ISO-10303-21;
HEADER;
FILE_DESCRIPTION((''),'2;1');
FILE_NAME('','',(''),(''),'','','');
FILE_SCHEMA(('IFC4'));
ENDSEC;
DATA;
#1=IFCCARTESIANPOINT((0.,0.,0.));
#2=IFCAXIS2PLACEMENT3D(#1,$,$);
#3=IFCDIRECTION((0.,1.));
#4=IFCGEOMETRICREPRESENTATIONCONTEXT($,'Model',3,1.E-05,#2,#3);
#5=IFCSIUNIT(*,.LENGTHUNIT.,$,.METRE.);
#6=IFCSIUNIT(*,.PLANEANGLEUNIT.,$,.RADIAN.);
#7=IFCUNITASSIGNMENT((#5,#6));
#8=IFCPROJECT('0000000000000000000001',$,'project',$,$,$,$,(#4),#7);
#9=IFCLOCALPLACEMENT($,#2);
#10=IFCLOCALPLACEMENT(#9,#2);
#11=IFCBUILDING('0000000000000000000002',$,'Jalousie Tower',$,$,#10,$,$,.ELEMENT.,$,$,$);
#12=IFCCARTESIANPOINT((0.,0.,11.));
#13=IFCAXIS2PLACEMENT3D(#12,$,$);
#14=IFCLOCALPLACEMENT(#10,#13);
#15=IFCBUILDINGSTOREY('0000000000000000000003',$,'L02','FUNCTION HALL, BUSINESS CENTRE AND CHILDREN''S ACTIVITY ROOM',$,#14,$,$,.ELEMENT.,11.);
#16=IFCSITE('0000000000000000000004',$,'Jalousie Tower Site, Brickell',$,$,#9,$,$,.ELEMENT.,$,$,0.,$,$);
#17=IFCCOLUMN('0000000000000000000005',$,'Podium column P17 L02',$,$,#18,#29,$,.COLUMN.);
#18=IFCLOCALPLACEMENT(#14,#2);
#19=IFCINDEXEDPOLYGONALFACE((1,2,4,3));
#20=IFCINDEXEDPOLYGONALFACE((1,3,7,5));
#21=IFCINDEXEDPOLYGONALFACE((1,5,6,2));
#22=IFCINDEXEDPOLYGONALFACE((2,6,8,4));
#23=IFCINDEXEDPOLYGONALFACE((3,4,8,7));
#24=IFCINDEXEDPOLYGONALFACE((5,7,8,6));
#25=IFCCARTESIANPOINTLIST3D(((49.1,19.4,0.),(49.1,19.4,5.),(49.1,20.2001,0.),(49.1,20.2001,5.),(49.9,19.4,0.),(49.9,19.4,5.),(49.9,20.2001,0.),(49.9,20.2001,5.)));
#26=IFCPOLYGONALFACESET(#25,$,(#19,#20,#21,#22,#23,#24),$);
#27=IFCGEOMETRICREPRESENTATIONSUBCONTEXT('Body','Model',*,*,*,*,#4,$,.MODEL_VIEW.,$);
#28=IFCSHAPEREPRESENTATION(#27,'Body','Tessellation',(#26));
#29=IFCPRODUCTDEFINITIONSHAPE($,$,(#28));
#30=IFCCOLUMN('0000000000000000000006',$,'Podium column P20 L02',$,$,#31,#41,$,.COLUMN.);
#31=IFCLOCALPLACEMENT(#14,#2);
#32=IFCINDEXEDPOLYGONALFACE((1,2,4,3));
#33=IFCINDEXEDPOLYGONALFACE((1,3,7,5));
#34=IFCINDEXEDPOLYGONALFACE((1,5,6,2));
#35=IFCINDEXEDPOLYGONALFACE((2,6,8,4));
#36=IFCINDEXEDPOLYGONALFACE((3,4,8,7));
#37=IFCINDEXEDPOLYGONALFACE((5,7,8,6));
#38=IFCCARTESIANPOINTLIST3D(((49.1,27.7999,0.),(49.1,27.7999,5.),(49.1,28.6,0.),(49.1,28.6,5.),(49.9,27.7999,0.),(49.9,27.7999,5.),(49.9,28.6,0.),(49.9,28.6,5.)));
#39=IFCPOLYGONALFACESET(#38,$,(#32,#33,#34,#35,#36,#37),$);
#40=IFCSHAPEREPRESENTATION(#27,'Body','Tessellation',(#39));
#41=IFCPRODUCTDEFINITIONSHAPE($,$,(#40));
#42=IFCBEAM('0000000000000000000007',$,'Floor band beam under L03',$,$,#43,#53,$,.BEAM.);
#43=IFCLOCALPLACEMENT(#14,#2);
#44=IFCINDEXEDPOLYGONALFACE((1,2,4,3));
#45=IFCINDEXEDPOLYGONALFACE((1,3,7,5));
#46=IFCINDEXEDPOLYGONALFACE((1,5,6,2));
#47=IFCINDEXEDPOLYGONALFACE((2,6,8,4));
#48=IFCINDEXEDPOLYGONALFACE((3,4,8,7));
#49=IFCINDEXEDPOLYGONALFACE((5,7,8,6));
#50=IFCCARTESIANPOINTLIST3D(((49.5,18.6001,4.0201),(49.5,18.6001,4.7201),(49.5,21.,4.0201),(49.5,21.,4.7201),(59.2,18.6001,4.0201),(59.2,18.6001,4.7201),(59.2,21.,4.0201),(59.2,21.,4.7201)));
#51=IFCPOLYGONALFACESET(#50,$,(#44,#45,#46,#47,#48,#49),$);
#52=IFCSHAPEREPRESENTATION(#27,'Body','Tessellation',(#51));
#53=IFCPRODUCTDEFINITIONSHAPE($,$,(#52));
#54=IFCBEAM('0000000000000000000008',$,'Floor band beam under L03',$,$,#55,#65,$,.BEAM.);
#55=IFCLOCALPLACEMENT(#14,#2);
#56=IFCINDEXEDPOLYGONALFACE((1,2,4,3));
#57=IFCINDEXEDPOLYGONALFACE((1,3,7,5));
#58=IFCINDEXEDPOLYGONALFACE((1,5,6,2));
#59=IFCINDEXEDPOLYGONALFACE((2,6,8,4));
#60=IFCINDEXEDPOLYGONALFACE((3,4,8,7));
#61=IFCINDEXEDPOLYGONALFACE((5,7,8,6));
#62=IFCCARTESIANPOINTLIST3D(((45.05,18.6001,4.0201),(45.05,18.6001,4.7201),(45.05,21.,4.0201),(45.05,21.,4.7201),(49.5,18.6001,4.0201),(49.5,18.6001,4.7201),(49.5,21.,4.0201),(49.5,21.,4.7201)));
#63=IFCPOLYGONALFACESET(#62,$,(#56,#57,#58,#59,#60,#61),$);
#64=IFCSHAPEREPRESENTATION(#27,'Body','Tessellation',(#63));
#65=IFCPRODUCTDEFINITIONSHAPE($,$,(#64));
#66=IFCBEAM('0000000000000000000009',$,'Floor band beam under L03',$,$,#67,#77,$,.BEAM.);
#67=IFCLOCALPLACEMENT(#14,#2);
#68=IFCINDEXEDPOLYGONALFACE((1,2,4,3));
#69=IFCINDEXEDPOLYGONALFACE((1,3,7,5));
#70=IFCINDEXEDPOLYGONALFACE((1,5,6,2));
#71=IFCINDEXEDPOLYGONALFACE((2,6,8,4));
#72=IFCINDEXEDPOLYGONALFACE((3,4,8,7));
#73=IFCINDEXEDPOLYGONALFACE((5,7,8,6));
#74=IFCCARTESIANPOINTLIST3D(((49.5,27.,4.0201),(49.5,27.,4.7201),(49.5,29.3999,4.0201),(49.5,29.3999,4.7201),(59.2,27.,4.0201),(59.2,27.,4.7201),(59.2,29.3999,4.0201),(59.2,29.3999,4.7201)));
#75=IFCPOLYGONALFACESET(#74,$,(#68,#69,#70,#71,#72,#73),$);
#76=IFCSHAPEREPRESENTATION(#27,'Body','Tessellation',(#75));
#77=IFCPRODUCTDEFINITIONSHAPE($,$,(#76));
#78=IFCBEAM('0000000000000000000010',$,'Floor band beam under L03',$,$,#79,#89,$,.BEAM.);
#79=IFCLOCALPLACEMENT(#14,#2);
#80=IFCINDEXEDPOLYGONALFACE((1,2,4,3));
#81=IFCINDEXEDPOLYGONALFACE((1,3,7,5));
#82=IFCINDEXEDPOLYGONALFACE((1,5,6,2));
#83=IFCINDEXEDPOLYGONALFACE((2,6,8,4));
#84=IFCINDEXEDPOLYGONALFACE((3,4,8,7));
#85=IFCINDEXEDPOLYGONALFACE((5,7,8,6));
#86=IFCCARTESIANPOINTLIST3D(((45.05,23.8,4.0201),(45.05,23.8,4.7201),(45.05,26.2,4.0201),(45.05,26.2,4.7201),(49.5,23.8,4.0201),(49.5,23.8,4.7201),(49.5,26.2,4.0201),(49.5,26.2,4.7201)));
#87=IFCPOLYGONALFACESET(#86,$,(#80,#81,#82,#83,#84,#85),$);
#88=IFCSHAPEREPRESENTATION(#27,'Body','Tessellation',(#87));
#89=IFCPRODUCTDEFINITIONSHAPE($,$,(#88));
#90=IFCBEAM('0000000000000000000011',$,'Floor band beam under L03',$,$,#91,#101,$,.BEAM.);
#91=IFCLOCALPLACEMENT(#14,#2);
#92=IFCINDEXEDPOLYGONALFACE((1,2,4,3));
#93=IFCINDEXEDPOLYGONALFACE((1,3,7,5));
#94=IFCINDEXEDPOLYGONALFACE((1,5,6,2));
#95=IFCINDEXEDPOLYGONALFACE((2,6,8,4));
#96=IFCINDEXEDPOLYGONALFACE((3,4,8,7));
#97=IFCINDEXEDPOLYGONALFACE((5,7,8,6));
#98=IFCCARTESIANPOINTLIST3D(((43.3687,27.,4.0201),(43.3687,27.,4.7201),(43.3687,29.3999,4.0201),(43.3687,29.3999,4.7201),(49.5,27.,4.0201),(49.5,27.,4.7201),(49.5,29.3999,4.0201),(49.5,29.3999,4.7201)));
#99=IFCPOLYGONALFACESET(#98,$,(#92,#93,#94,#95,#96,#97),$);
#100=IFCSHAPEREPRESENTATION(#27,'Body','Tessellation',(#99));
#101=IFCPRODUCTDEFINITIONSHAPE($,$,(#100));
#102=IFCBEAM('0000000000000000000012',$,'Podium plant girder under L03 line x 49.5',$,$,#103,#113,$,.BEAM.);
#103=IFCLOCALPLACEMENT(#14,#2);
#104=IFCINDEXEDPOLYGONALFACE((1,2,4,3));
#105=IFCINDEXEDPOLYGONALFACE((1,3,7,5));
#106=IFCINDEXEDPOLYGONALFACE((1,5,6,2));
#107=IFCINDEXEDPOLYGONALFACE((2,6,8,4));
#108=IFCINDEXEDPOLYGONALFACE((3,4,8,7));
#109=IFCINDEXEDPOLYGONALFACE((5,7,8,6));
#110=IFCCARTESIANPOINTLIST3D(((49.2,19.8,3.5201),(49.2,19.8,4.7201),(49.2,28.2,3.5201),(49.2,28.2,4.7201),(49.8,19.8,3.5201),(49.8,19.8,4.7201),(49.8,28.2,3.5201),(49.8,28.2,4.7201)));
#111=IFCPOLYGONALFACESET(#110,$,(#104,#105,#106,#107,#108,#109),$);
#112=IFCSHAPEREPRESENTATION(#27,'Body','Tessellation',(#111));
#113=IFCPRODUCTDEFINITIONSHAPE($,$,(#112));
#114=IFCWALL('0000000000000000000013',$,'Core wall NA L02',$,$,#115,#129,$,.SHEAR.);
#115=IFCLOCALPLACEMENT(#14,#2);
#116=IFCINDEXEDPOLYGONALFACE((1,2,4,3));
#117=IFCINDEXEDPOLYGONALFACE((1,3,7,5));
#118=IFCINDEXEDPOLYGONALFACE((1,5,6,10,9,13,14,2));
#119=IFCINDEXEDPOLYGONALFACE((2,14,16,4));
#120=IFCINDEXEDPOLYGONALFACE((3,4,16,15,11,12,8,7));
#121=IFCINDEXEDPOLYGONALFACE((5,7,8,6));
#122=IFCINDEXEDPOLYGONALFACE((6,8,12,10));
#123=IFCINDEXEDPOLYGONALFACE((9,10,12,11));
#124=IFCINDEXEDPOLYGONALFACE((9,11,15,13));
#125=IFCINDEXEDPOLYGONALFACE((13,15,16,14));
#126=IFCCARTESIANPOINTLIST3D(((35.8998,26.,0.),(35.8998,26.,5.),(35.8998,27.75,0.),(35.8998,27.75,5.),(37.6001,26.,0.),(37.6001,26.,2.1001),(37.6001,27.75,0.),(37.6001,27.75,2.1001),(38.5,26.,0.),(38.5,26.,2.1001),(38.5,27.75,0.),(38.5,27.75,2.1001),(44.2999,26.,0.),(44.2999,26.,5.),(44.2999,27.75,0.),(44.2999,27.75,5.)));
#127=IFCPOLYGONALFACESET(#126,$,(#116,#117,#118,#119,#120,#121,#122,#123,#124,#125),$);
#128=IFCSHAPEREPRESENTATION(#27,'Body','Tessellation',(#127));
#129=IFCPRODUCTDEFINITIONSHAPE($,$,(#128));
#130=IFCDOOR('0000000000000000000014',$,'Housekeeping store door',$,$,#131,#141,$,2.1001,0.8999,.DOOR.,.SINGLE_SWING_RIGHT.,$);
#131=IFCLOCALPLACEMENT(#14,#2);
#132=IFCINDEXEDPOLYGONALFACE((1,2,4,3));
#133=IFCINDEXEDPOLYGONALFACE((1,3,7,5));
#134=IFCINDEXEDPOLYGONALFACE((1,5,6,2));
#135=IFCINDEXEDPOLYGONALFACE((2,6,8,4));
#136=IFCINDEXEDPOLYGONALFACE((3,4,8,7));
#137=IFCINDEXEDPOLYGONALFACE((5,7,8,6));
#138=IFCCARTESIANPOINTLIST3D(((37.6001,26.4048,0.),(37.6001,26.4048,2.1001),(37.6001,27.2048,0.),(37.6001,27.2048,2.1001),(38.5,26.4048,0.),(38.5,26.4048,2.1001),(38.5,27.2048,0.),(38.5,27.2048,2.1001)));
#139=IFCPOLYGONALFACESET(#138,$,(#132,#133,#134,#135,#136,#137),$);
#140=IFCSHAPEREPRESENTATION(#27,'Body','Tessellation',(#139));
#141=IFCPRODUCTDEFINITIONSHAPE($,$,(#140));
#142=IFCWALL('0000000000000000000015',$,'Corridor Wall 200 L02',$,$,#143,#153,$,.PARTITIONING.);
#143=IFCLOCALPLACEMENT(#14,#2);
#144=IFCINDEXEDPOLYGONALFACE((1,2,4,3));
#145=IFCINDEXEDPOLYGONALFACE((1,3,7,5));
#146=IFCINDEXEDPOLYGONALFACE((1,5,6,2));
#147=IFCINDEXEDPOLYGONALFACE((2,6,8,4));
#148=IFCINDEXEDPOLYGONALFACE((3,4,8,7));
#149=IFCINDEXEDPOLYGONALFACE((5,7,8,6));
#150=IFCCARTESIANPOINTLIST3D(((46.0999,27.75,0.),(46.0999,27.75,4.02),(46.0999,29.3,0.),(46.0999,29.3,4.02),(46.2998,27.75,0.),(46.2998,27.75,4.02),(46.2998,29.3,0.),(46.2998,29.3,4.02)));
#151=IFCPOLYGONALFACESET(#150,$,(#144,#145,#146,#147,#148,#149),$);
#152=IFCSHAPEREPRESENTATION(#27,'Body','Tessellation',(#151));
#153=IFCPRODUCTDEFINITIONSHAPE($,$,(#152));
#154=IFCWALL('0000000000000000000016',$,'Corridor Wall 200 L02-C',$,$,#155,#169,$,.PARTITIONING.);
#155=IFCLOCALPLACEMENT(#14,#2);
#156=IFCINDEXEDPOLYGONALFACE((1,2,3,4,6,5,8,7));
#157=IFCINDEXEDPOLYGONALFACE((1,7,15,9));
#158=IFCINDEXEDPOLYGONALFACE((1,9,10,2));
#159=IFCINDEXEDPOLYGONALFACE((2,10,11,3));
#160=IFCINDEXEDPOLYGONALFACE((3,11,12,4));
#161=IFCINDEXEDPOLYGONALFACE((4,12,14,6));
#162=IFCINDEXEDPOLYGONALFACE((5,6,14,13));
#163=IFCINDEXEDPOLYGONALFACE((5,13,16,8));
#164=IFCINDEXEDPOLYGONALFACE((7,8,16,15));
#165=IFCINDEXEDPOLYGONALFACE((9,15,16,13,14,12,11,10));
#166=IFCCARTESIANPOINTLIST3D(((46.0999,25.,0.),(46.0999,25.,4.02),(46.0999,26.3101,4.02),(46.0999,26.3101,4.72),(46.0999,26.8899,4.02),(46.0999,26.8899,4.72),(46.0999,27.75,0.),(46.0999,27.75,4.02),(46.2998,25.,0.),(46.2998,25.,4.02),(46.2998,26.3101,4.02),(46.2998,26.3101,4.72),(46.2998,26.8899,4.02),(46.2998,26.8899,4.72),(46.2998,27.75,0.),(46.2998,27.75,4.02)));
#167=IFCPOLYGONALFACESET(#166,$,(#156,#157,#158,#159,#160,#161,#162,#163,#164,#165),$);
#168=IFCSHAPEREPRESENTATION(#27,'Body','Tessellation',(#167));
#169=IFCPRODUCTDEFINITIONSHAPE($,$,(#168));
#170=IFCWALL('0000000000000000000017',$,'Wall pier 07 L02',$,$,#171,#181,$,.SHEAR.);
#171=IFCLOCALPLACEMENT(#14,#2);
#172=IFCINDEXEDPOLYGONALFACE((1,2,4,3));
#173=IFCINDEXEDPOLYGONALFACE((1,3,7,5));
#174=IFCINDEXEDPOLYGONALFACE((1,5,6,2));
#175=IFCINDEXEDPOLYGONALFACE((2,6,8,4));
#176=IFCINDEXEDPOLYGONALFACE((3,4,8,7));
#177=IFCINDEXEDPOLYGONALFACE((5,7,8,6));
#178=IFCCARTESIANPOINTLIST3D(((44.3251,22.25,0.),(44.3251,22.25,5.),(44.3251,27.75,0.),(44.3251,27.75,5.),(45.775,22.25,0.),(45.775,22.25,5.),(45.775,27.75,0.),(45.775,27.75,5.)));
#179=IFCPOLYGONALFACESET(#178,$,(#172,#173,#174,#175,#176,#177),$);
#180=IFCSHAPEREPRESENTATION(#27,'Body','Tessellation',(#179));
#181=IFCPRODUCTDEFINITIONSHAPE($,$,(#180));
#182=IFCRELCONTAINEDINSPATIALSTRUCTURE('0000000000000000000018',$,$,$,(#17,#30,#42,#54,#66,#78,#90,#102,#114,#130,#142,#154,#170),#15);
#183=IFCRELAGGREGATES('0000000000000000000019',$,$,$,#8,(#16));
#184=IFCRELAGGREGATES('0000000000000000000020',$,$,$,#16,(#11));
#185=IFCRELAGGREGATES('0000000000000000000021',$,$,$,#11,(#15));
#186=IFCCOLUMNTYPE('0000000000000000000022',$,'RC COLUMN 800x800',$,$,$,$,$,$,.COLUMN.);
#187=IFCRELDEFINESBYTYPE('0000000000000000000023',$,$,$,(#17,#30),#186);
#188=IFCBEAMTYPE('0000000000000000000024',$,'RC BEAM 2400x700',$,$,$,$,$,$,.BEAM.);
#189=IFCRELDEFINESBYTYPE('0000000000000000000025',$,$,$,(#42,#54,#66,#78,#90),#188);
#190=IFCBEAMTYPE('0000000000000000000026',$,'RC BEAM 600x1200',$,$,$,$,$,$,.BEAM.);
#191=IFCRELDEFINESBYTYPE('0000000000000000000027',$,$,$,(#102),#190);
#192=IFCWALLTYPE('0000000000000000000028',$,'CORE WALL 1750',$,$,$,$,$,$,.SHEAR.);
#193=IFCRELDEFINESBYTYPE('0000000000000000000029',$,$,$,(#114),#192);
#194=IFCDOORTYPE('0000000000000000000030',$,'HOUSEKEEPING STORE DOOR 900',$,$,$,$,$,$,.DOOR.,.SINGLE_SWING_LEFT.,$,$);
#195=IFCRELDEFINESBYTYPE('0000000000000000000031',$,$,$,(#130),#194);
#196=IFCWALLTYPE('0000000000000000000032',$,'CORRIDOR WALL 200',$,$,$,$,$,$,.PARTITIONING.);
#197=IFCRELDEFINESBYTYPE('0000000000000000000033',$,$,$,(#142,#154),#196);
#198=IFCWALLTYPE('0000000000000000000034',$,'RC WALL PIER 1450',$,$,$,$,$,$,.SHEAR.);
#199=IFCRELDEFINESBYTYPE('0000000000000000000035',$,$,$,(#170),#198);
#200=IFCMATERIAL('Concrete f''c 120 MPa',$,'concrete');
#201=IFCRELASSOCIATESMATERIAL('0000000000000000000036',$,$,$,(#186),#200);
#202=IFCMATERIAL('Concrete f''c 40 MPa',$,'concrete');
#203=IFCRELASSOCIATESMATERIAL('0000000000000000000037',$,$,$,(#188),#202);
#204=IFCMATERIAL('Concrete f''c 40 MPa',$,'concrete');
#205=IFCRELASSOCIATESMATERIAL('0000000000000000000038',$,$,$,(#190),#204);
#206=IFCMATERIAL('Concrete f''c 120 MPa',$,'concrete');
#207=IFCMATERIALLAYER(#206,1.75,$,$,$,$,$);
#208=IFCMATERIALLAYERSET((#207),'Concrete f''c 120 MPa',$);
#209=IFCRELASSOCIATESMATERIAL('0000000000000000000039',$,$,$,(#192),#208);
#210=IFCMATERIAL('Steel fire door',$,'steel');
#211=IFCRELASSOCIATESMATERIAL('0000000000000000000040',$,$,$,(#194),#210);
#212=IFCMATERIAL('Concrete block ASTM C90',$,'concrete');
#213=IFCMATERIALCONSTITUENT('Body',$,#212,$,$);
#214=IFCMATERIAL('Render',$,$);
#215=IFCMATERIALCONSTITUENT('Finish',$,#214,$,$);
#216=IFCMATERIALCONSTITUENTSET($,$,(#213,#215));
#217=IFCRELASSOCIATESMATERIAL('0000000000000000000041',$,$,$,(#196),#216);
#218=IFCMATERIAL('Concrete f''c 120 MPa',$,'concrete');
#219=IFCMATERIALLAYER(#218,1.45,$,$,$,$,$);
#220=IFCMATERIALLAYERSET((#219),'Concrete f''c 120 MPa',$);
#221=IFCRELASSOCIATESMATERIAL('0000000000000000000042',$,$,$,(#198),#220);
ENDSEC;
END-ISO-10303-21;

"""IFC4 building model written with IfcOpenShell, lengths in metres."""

from ifc_helpers import new_model, si_unit, direction, frame, frame_2d, origin, origin_2d, place, context, subcontext, project, spatial, polyline, rectangle, outline, extrude, material, layer, layer_set, constituent, constituent_set, material_profile, profile_set, type_object, element, fill, save


model = new_model("IFC4")

# Units and contexts
model_context = context("Model", 3, precision=1e-05, world=origin(), true_north=direction((0.0, 1.0)))
body_context = subcontext(model_context, "Body", "Model", "MODEL_VIEW")
ifc_project = project(units=[si_unit("LENGTHUNIT", "METRE"), si_unit("PLANEANGLEUNIT", "RADIAN")], contexts=[model_context])

# Site, building, storey
site_placement = place(None, origin())
site = spatial("IfcSite", under=ifc_project, at=site_placement, Name="Jalousie Tower Site, Brickell", CompositionType="ELEMENT", RefElevation=0.0)
building_placement = place(site_placement, origin())
building = spatial("IfcBuilding", under=site, at=building_placement, Name="Jalousie Tower", CompositionType="ELEMENT")
storey_placement = place(building_placement, frame((0.0, 0.0, 11.0)))
storey = spatial("IfcBuildingStorey", under=building, at=storey_placement, Name="L02", Description="FUNCTION HALL, BUSINESS CENTRE AND CHILDREN'S ACTIVITY ROOM", CompositionType="ELEMENT", Elevation=11.0)

# Columns
ifc_material_1 = material(Name="Concrete f'c 120 MPa", Category="concrete")
ifc_material_profile_1 = material_profile(ifc_material_1, rectangle(XDim=0.8, YDim=0.8, at=origin_2d()), Name="RC 800x800")
ifc_profile_set_1 = profile_set([ifc_material_profile_1], Name="Concrete f'c 120 MPa")
column_type = type_object("IfcColumnType", Name="RC COLUMN 800x800", PredefinedType="COLUMN", material=ifc_profile_set_1)
for number, where, z_axis, x_axis, name in (
    (1, (49.5, 19.8, 0.0), (0.0, 0.0, 1.0), (1.0, 0.0, 0.0), "Podium column P17 L02"),
    (2, (49.5, 28.2, 0.0), (0.0, 0.0, 1.0), (1.0, 0.0, 0.0), "Podium column P20 L02"),
):
    element("IfcColumn", number, at=place(storey_placement, frame(where, z_axis=z_axis, x_axis=x_axis)), inside=storey, type_object=column_type, Name=name, PredefinedType="COLUMN", context=body_context, shape_type="SweptSolid", body=[
        extrude(rectangle(XDim=0.8, YDim=0.8, at=origin_2d()), origin(), (0.0, 0.0, 1.0), 5.0),
    ])

# Beams
ifc_material_2 = material(Name="Concrete f'c 40 MPa", Category="concrete")
ifc_material_profile_2 = material_profile(ifc_material_2, rectangle(XDim=2.3999, YDim=0.7, at=origin_2d()), Name="RC 2400x700")
ifc_profile_set_2 = profile_set([ifc_material_profile_2], Name="Concrete f'c 40 MPa")
beam_type_1 = type_object("IfcBeamType", Name="RC BEAM 2400x700", PredefinedType="BEAM", material=ifc_profile_set_2)
beam_1_placement = place(storey_placement, frame((49.5, 19.8, 4.3701), z_axis=(1.0, 0.0, 0.0), x_axis=(0.0, 1.0, 0.0)))
element("IfcBeam", 3, at=beam_1_placement, inside=storey, type_object=beam_type_1, Name="Floor band beam under L03", PredefinedType="BEAM", context=body_context, shape_type="SweptSolid", body=[
    extrude(rectangle(XDim=2.3999, YDim=0.7, at=origin_2d()), origin(), (0.0, 0.0, 1.0), 9.7),
])
beam_2_placement = place(storey_placement, frame((49.5, 19.8, 4.3701), z_axis=(-1.0, 0.0, 0.0), x_axis=(0.0, -1.0, 0.0)))
element("IfcBeam", 4, at=beam_2_placement, inside=storey, type_object=beam_type_1, Name="Floor band beam under L03", PredefinedType="BEAM", context=body_context, shape_type="SweptSolid", body=[
    extrude(rectangle(XDim=2.3999, YDim=0.7, at=origin_2d()), origin(), (0.0, 0.0, 1.0), 4.45),
])
beam_3_placement = place(storey_placement, frame((49.5, 28.2, 4.3701), z_axis=(1.0, 0.0, 0.0), x_axis=(0.0, 1.0, 0.0)))
element("IfcBeam", 5, at=beam_3_placement, inside=storey, type_object=beam_type_1, Name="Floor band beam under L03", PredefinedType="BEAM", context=body_context, shape_type="SweptSolid", body=[
    extrude(rectangle(XDim=2.3999, YDim=0.7, at=origin_2d()), origin(), (0.0, 0.0, 1.0), 9.7),
])
beam_4_placement = place(storey_placement, frame((45.05, 25.0, 4.3701), z_axis=(1.0, 0.0, 0.0), x_axis=(0.0, 1.0, 0.0)))
element("IfcBeam", 6, at=beam_4_placement, inside=storey, type_object=beam_type_1, Name="Floor band beam under L03", PredefinedType="BEAM", context=body_context, shape_type="SweptSolid", body=[
    extrude(rectangle(XDim=2.3999, YDim=0.7, at=origin_2d()), origin(), (0.0, 0.0, 1.0), 4.45),
])
beam_5_placement = place(storey_placement, frame((49.5, 28.2, 4.3701), z_axis=(-1.0, 0.0, 0.0), x_axis=(0.0, -1.0, 0.0)))
element("IfcBeam", 7, at=beam_5_placement, inside=storey, type_object=beam_type_1, Name="Floor band beam under L03", PredefinedType="BEAM", context=body_context, shape_type="SweptSolid", body=[
    extrude(rectangle(XDim=2.3999, YDim=0.7, at=origin_2d()), origin(), (0.0, 0.0, 1.0), 6.1313),
])
ifc_material_3 = material(Name="Concrete f'c 40 MPa", Category="concrete")
ifc_material_profile_3 = material_profile(ifc_material_3, rectangle(XDim=0.6001, YDim=1.2, at=origin_2d()), Name="RC 600x1200")
ifc_profile_set_3 = profile_set([ifc_material_profile_3], Name="Concrete f'c 40 MPa")
beam_type_2 = type_object("IfcBeamType", Name="RC BEAM 600x1200", PredefinedType="BEAM", material=ifc_profile_set_3)
beam_6_placement = place(storey_placement, frame((49.5, 19.8, 4.1201), z_axis=(0.0, 1.0, 0.0), x_axis=(-1.0, 0.0, 0.0)))
element("IfcBeam", 8, at=beam_6_placement, inside=storey, type_object=beam_type_2, Name="Podium plant girder under L03 line x 49.5", PredefinedType="BEAM", context=body_context, shape_type="SweptSolid", body=[
    extrude(rectangle(XDim=0.6001, YDim=1.2, at=origin_2d()), origin(), (0.0, 0.0, 1.0), 8.3999),
])

# Wall, opening, door
ifc_material_4 = material(Name="Concrete f'c 120 MPa", Category="concrete")
ifc_layer_1 = layer(ifc_material_4, 1.75)
ifc_layer_set_1 = layer_set([ifc_layer_1], Name="Concrete f'c 120 MPa")
wall_type_1 = type_object("IfcWallType", Name="CORE WALL 1750", PredefinedType="SHEAR", material=ifc_layer_set_1)
wall_1_placement = place(storey_placement, frame((44.3, 26.875, 0.0), z_axis=(0.0, 0.0, 1.0), x_axis=(-1.0, 0.0, 0.0)))
wall_1 = element("IfcWall", 9, at=wall_1_placement, inside=storey, type_object=wall_type_1, Name="Core wall NA L02", PredefinedType="SHEAR", context=body_context, shape_type="SweptSolid", body=[
    extrude(rectangle(XDim=8.4001, YDim=1.75, at=frame_2d((4.2002, 0.0))), origin(), (0.0, 0.0, 1.0), 5.0),
])
opening_placement = place(wall_1_placement, frame((5.8, 0.0, 0.0)))
opening = element("IfcOpeningElement", 10, at=opening_placement, cuts=wall_1, PredefinedType="OPENING", context=body_context, shape_type="SweptSolid", body=[
    extrude(rectangle(XDim=0.8999, YDim=2.1001, at=frame_2d((0.45, 1.05))), frame((0.0, 0.885, 0.0), z_axis=(0.0, -1.0, 0.0), x_axis=(1.0, 0.0, 0.0)), (0.0, 0.0, 1.0), 1.77),
])
ifc_material_5 = material(Name="Steel fire door", Category="steel")
door_type = type_object("IfcDoorType", Name="HOUSEKEEPING STORE DOOR 900", OperationType="SINGLE_SWING_LEFT", PredefinedType="DOOR", material=ifc_material_5)
door_placement = place(opening_placement, origin())
door = element("IfcDoor", 11, at=door_placement, inside=storey, type_object=door_type, Name="Housekeeping store door", OperationType="SINGLE_SWING_RIGHT", OverallHeight=2.1001, OverallWidth=0.8999, PredefinedType="DOOR", context=body_context, shape_type="SweptSolid", body=[
    extrude(rectangle(XDim=0.8999, YDim=2.1001, at=frame_2d((0.45, 1.05))), frame((0.0, 0.4702, 0.0), z_axis=(0.0, -1.0, 0.0), x_axis=(1.0, 0.0, 0.0)), (0.0, 0.0, 1.0), 0.8),
])
fill(opening, door)

# Walls
ifc_material_6 = material(Name="Concrete block ASTM C90", Category="concrete")
ifc_constituent_1 = constituent(ifc_material_6, Name="Body")
ifc_material_7 = material(Name="Render")
ifc_constituent_2 = constituent(ifc_material_7, Name="Finish")
ifc_constituent_set_1 = constituent_set(constituents=[ifc_constituent_1, ifc_constituent_2])
wall_type_2 = type_object("IfcWallType", Name="CORRIDOR WALL 200", PredefinedType="PARTITIONING", material=ifc_constituent_set_1)
wall_2_placement = place(storey_placement, frame((46.2, 27.75, 0.0), z_axis=(0.0, 0.0, 1.0), x_axis=(0.0, 1.0, 0.0)))
element("IfcWall", 12, at=wall_2_placement, inside=storey, type_object=wall_type_2, Name="Corridor Wall 200 L02", PredefinedType="PARTITIONING", context=body_context, shape_type="SweptSolid", body=[
    extrude(outline(polyline([(0.0, 0.0), (1.55, 0.0), (1.55, 4.72), (1.55, 4.02), (0.0, 4.02), (0.0, 4.72), (0.0, 0.0)])), frame((0.0, 0.1001, 0.0), z_axis=(0.0, -1.0, 0.0), x_axis=(1.0, 0.0, 0.0)), (0.0, 0.0, 1.0), 0.2),
])
wall_3_placement = place(storey_placement, frame((46.2, 25.0, 0.0), z_axis=(0.0, 0.0, 1.0), x_axis=(0.0, 1.0, 0.0)))
element("IfcWall", 13, at=wall_3_placement, inside=storey, type_object=wall_type_2, Name="Corridor Wall 200 L02-C", PredefinedType="PARTITIONING", context=body_context, shape_type="SweptSolid", body=[
    extrude(outline(polyline([(0.0, 0.0), (2.75, 0.0), (2.75, 4.02), (1.8899, 4.02), (1.8899, 4.72), (1.3101, 4.72), (1.3101, 4.02), (0.0, 4.02), (0.0, 0.0)])), frame((0.0, 0.1001, 0.0), z_axis=(0.0, -1.0, 0.0), x_axis=(1.0, 0.0, 0.0)), (0.0, 0.0, 1.0), 0.2),
])
ifc_material_8 = material(Name="Concrete f'c 120 MPa", Category="concrete")
ifc_layer_2 = layer(ifc_material_8, 1.45)
ifc_layer_set_2 = layer_set([ifc_layer_2], Name="Concrete f'c 120 MPa")
wall_type_3 = type_object("IfcWallType", Name="RC WALL PIER 1450", PredefinedType="SHEAR", material=ifc_layer_set_2)
wall_4_placement = place(storey_placement, frame((45.05, 22.25, 0.0), z_axis=(0.0, 0.0, 1.0), x_axis=(0.0, 1.0, 0.0)))
element("IfcWall", 14, at=wall_4_placement, inside=storey, type_object=wall_type_3, Name="Wall pier 07 L02", PredefinedType="SHEAR", context=body_context, shape_type="SweptSolid", body=[
    extrude(rectangle(XDim=5.5, YDim=1.45, at=frame_2d((2.75, 0.0))), origin(), (0.0, 0.0, 1.0), 5.0),
])

save(model, "model.ifc")
